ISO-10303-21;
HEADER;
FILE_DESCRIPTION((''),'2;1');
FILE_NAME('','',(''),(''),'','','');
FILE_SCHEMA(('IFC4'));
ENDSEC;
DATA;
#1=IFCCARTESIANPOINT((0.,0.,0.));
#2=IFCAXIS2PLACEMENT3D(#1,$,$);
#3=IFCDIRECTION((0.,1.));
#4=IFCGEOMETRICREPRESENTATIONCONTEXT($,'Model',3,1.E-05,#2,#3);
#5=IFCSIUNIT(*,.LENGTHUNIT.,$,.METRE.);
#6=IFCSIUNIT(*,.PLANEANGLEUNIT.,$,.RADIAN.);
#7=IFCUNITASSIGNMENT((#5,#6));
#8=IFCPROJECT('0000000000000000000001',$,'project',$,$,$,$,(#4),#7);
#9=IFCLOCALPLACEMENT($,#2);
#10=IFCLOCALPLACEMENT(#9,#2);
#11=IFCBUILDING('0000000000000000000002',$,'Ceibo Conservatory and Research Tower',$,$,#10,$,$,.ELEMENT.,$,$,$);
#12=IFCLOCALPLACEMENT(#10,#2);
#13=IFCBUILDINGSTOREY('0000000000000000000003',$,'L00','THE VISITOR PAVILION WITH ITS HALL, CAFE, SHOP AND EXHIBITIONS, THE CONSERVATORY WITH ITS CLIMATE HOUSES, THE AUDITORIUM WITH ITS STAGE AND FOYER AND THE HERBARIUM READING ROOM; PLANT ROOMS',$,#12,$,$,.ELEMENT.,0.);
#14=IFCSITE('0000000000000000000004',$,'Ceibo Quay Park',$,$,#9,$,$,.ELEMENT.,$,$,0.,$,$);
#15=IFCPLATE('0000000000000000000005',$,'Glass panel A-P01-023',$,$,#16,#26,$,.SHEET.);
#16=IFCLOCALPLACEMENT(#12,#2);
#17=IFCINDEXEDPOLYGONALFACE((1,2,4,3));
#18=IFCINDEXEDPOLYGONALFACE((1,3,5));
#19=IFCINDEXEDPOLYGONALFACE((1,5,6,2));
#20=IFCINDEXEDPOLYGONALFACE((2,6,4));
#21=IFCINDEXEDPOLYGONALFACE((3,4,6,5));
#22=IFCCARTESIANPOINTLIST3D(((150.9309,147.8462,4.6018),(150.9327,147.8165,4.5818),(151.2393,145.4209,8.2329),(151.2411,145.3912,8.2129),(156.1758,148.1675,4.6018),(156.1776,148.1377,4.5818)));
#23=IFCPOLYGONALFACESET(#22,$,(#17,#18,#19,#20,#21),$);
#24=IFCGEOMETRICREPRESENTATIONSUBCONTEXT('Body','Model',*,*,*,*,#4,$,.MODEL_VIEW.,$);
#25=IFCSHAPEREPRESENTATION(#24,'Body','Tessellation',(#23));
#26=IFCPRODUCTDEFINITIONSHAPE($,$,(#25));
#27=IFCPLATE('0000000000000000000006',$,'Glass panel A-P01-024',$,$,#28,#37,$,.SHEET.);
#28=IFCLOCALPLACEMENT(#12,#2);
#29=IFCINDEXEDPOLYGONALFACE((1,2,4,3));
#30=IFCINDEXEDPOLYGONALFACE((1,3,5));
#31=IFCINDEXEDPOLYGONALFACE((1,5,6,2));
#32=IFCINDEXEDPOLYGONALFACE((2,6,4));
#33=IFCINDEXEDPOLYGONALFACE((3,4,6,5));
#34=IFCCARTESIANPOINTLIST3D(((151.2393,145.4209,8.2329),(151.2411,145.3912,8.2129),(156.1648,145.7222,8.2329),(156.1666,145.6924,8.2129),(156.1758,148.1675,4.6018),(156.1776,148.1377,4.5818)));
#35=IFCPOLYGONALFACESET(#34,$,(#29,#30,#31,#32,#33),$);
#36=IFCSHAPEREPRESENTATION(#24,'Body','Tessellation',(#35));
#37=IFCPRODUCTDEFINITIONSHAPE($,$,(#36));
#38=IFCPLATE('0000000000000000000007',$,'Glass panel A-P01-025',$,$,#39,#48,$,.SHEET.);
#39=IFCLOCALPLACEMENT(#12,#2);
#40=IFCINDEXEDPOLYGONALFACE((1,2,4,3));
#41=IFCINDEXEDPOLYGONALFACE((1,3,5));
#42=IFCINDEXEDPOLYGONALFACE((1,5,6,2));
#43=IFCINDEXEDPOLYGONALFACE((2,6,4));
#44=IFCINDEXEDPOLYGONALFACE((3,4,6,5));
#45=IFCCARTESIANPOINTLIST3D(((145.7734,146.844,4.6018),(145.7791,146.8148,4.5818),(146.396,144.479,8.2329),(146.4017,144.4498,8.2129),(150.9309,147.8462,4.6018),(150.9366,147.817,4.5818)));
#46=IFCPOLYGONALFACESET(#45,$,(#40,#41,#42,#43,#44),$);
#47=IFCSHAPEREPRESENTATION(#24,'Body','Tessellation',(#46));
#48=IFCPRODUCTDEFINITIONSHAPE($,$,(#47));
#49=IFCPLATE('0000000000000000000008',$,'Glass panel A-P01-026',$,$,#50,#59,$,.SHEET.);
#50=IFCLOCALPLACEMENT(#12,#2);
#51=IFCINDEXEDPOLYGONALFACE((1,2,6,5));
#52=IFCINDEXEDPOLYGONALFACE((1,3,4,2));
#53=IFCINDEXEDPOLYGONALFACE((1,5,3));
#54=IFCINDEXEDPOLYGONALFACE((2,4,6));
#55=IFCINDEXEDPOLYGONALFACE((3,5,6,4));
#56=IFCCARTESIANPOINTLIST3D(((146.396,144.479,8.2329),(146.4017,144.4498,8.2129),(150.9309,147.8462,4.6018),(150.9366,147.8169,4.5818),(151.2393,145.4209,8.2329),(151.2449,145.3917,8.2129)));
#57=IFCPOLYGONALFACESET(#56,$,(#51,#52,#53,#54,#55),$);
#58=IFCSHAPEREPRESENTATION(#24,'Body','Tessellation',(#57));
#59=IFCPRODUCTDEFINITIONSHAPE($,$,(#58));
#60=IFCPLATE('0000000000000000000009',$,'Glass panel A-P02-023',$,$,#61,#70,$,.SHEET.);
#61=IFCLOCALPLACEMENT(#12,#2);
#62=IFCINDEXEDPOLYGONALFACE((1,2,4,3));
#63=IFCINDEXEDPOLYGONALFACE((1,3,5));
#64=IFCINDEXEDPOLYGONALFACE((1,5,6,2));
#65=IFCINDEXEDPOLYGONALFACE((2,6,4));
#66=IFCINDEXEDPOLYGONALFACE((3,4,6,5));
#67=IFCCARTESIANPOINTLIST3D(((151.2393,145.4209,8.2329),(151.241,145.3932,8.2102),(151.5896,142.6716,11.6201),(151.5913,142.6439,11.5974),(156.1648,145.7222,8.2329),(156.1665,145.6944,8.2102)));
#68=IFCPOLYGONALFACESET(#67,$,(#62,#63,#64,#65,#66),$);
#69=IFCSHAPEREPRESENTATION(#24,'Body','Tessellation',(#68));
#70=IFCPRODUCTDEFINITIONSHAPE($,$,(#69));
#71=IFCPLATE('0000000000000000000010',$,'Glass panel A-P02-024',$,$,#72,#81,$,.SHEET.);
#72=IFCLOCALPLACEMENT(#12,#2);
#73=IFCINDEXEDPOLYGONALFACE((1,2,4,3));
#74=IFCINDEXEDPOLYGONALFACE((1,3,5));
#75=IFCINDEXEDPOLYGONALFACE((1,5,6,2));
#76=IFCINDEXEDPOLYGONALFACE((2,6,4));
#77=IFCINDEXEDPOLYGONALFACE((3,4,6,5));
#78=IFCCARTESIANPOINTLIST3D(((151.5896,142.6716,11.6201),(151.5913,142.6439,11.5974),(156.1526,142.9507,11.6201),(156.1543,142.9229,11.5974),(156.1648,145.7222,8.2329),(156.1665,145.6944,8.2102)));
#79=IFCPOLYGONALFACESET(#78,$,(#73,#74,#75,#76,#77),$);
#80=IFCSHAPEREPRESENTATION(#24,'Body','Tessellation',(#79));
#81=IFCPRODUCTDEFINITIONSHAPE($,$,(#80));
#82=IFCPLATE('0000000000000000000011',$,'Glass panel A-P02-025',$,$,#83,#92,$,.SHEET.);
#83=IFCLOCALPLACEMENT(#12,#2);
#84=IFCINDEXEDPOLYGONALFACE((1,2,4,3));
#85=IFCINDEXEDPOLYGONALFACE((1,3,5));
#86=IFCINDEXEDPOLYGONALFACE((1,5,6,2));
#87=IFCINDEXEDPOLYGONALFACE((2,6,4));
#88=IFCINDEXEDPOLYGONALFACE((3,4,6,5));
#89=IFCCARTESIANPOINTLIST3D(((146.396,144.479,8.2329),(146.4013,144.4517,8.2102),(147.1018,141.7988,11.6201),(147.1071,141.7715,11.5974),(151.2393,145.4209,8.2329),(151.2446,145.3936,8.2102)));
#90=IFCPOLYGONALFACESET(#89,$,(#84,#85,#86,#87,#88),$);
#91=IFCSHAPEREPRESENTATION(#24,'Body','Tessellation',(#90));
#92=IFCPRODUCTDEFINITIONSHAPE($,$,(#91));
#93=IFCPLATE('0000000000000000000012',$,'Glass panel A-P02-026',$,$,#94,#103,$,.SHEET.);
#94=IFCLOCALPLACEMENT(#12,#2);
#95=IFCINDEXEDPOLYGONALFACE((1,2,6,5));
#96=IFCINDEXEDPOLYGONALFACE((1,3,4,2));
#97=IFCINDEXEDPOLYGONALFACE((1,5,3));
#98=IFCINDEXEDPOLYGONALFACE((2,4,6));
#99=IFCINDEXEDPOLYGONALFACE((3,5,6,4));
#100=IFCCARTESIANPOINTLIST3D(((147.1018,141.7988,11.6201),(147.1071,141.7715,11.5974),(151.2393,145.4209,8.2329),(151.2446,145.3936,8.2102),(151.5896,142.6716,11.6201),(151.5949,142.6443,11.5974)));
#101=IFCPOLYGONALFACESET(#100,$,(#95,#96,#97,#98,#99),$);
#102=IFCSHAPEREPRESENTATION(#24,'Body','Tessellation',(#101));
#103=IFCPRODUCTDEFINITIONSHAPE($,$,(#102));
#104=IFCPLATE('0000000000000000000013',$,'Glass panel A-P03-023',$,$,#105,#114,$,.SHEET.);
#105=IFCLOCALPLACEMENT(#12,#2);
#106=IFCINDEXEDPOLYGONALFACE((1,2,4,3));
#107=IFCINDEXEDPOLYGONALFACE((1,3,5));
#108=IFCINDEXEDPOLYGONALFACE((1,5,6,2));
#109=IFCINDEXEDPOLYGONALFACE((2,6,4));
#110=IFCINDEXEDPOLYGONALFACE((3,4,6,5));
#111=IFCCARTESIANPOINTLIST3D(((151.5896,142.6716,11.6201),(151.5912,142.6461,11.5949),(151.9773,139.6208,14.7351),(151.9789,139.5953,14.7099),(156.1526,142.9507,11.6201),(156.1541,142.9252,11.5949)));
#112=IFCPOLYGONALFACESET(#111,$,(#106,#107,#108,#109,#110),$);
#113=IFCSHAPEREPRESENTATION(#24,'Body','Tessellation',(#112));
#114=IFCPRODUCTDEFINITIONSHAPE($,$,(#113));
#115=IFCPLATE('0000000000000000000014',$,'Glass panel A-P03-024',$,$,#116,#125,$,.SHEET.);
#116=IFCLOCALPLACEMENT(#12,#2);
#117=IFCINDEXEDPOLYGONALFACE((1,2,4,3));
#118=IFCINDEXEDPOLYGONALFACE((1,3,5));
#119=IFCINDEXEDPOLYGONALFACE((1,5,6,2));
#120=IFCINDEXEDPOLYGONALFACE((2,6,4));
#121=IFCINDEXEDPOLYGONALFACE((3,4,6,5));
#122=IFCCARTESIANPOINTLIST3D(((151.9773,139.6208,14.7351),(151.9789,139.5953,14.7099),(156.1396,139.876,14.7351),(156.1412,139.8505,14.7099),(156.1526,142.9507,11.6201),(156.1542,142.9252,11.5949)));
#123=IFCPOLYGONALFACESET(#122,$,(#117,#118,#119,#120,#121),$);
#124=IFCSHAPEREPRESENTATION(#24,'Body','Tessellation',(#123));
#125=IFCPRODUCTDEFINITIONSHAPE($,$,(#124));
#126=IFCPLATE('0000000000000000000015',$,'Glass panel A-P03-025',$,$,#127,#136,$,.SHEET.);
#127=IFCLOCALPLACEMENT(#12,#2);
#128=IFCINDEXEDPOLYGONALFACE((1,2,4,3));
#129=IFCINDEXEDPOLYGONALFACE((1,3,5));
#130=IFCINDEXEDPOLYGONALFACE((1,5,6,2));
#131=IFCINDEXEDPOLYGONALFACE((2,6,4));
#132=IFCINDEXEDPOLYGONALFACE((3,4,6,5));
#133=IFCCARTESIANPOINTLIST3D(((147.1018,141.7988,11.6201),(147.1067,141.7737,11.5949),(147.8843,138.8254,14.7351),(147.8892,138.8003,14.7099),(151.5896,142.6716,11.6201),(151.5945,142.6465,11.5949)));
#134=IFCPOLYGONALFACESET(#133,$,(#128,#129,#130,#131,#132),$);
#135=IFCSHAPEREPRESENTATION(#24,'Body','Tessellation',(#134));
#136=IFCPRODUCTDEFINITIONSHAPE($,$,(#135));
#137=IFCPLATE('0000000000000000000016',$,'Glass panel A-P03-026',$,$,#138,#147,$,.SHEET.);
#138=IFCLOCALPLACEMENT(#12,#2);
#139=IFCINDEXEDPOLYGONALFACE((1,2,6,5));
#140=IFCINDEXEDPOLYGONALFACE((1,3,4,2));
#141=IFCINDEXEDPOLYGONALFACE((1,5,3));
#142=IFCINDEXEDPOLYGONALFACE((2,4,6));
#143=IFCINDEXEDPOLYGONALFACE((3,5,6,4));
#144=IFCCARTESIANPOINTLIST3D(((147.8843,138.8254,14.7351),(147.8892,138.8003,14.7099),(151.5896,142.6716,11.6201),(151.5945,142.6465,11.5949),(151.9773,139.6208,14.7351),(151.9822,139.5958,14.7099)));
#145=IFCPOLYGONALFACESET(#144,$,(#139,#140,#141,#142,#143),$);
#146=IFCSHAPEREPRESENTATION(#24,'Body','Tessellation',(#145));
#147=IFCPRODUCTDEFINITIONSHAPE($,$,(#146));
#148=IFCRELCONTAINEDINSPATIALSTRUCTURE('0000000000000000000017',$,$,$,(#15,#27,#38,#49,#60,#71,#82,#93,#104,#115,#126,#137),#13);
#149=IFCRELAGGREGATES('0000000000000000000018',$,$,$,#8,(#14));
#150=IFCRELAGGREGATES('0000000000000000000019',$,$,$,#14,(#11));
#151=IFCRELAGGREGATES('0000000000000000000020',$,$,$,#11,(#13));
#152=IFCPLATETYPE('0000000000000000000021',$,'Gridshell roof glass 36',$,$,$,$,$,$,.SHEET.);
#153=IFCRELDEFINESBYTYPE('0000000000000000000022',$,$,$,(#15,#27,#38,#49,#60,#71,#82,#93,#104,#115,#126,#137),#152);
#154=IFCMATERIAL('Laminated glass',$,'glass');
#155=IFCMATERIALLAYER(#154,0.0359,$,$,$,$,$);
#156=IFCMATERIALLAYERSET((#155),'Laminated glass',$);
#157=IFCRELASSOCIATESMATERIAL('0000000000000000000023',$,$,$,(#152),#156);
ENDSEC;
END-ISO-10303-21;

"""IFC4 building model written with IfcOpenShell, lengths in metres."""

from ifc_helpers import new_model, si_unit, direction, frame, origin, place, context, subcontext, project, spatial, polyline, outline, extrude, material, layer, layer_set, type_object, element, save


model = new_model("IFC4")

# Units and contexts
model_context = context("Model", 3, precision=1e-05, world=origin(), true_north=direction((0.0, 1.0)))
body_context = subcontext(model_context, "Body", "Model", "MODEL_VIEW")
ifc_project = project(units=[si_unit("LENGTHUNIT", "METRE"), si_unit("PLANEANGLEUNIT", "RADIAN")], contexts=[model_context])

# Site, building, storey
site_placement = place(None, origin())
site = spatial("IfcSite", under=ifc_project, at=site_placement, Name="Ceibo Quay Park", CompositionType="ELEMENT", RefElevation=0.0)
building_placement = place(site_placement, origin())
building = spatial("IfcBuilding", under=site, at=building_placement, Name="Ceibo Conservatory and Research Tower", CompositionType="ELEMENT")
storey_placement = place(building_placement, origin())
storey = spatial("IfcBuildingStorey", under=building, at=storey_placement, Name="L00", Description="THE VISITOR PAVILION WITH ITS HALL, CAFE, SHOP AND EXHIBITIONS, THE CONSERVATORY WITH ITS CLIMATE HOUSES, THE AUDITORIUM WITH ITS STAGE AND FOYER AND THE HERBARIUM READING ROOM; PLANT ROOMS", CompositionType="ELEMENT", Elevation=0.0)

# Plates
ifc_material_1 = material(Name="Laminated glass", Category="glass")
ifc_layer = layer(ifc_material_1, 0.0359)
ifc_layer_set = layer_set([ifc_layer], Name="Laminated glass")
plate_type = type_object("IfcPlateType", Name="Gridshell roof glass 36", PredefinedType="SHEET", material=ifc_layer_set)
plate_1_placement = place(storey_placement, frame((156.1758, 148.1675, 4.6018), z_axis=(-0.050752, 0.828501, 0.557683), x_axis=(-0.998129, -0.061143, 0.0)))
element("IfcPlate", 1, at=plate_1_placement, inside=storey, type_object=plate_type, Name="Glass panel A-P01-023", PredefinedType="SHEET", context=body_context, shape_type="SweptSolid", body=[
    extrude(outline(polyline([(0.0, 0.0), (5.2547, 0.0), (5.0952, 4.3745), (0.0, 0.0)])), origin(), (0.0, 0.0, -1.0), 0.0359),
])
plate_2_placement = place(storey_placement, frame((156.1758, 148.1675, 4.6018), z_axis=(-0.050672, 0.828456, 0.557758), x_axis=(-0.735094, -0.408992, 0.540705)))
element("IfcPlate", 2, at=plate_2_placement, inside=storey, type_object=plate_type, Name="Glass panel A-P01-024", PredefinedType="SHEET", context=body_context, shape_type="SweptSolid", body=[
    extrude(outline(polyline([(0.0, 0.0), (6.7155, 0.0), (2.9715, 3.2147), (0.0, 0.0)])), origin(), (0.0, 0.0, -1.0), 0.0359),
])
plate_3_placement = place(storey_placement, frame((150.9309, 147.8462, 4.6018), z_axis=(-0.15832, 0.814739, 0.557795), x_axis=(-0.981638, -0.190752, 0.0)))
element("IfcPlate", 3, at=plate_3_placement, inside=storey, type_object=plate_type, Name="Glass panel A-P01-025", PredefinedType="SHEET", context=body_context, shape_type="SweptSolid", body=[
    extrude(outline(polyline([(0.0, 0.0), (5.2539, 0.0), (5.0939, 4.3749), (0.0, 0.0)])), origin(), (0.0, 0.0, -1.0), 0.0359),
])
plate_4_placement = place(storey_placement, frame((150.9309, 147.8462, 4.6018), z_axis=(-0.158457, 0.814794, 0.557675), x_axis=(-0.675363, -0.501459, 0.540763)))
element("IfcPlate", 4, at=plate_4_placement, inside=storey, type_object=plate_type, Name="Glass panel A-P01-026", PredefinedType="SHEET", context=body_context, shape_type="SweptSolid", body=[
    extrude(outline(polyline([(0.0, 0.0), (6.7148, 0.0), (2.9715, 3.2144), (0.0, 0.0)])), origin(), (0.0, 0.0, -1.0), 0.0359),
])
plate_5_placement = place(storey_placement, frame((156.1648, 145.7222, 8.2329), z_axis=(-0.04729, 0.773165, 0.63244), x_axis=(-0.998135, -0.061051, 0.0)))
element("IfcPlate", 5, at=plate_5_placement, inside=storey, type_object=plate_type, Name="Glass panel A-P02-023", PredefinedType="SHEET", context=body_context, shape_type="SweptSolid", body=[
    extrude(outline(polyline([(0.0, 0.0), (4.9347, 0.0), (4.7529, 4.3728), (0.0, 0.0)])), origin(), (0.0, 0.0, -1.0), 0.0359),
])
plate_6_placement = place(storey_placement, frame((156.1648, 145.7222, 8.2329), z_axis=(-0.047283, 0.77316, 0.632446), x_axis=(-0.708406, -0.472334, 0.524463)))
element("IfcPlate", 6, at=plate_6_placement, inside=storey, type_object=plate_type, Name="Glass panel A-P02-024", PredefinedType="SHEET", context=body_context, shape_type="SweptSolid", body=[
    extrude(outline(polyline([(0.0, 0.0), (6.4584, 0.0), (3.0942, 3.0952), (0.0, 0.0)])), origin(), (0.0, 0.0, -1.0), 0.0359),
])
plate_7_placement = place(storey_placement, frame((151.2393, 145.4209, 8.2329), z_axis=(-0.14787, 0.760354, 0.632453), x_axis=(-0.98161, -0.190899, 0.0)))
element("IfcPlate", 7, at=plate_7_placement, inside=storey, type_object=plate_type, Name="Glass panel A-P02-025", PredefinedType="SHEET", context=body_context, shape_type="SweptSolid", body=[
    extrude(outline(polyline([(0.0, 0.0), (4.934, 0.0), (4.7528, 4.3729), (0.0, 0.0)])), origin(), (0.0, 0.0, -1.0), 0.0359),
])
plate_8_placement = place(storey_placement, frame((151.2393, 145.4209, 8.2329), z_axis=(-0.147877, 0.760357, 0.632448), x_axis=(-0.64063, -0.56083, 0.524464)))
element("IfcPlate", 8, at=plate_8_placement, inside=storey, type_object=plate_type, Name="Glass panel A-P02-026", PredefinedType="SHEET", context=body_context, shape_type="SweptSolid", body=[
    extrude(outline(polyline([(0.0, 0.0), (6.4584, 0.0), (3.0939, 3.0955), (0.0, 0.0)])), origin(), (0.0, 0.0, -1.0), 0.0359),
])
plate_9_placement = place(storey_placement, frame((156.1526, 142.9507, 11.6201), z_axis=(-0.043484, 0.711045, 0.701801), x_axis=(-0.998135, -0.061042, 0.0)))
element("IfcPlate", 9, at=plate_9_placement, inside=storey, type_object=plate_type, Name="Glass panel A-P03-023", PredefinedType="SHEET", context=body_context, shape_type="SweptSolid", body=[
    extrude(outline(polyline([(0.0, 0.0), (4.5715, 0.0), (4.3708, 4.3727), (0.0, 0.0)])), origin(), (0.0, 0.0, -1.0), 0.0359),
])
plate_10_placement = place(storey_placement, frame((156.1526, 142.9507, 11.6201), z_axis=(-0.043587, 0.711108, 0.701731), x_axis=(-0.675334, -0.538585, 0.503835)))
element("IfcPlate", 10, at=plate_10_placement, inside=storey, type_object=plate_type, Name="Glass panel A-P03-024", PredefinedType="SHEET", context=body_context, shape_type="SweptSolid", body=[
    extrude(outline(polyline([(0.0, 0.0), (6.1826, 0.0), (3.2342, 2.9491), (0.0, 0.0)])), origin(), (0.0, 0.0, -1.0), 0.0359),
])
plate_11_placement = place(storey_placement, frame((151.5896, 142.6716, 11.6201), z_axis=(-0.136012, 0.699348, 0.701722), x_axis=(-0.981608, -0.190907, 0.0)))
element("IfcPlate", 11, at=plate_11_placement, inside=storey, type_object=plate_type, Name="Glass panel A-P03-025", PredefinedType="SHEET", context=body_context, shape_type="SweptSolid", body=[
    extrude(outline(polyline([(0.0, 0.0), (4.5719, 0.0), (4.3714, 4.3722), (0.0, 0.0)])), origin(), (0.0, 0.0, -1.0), 0.0359),
])
plate_12_placement = place(storey_placement, frame((151.5896, 142.6716, 11.6201), z_axis=(-0.135897, 0.699296, 0.701796), x_axis=(-0.599305, -0.622089, 0.503824)))
element("IfcPlate", 12, at=plate_12_placement, inside=storey, type_object=plate_type, Name="Glass panel A-P03-026", PredefinedType="SHEET", context=body_context, shape_type="SweptSolid", body=[
    extrude(outline(polyline([(0.0, 0.0), (6.1827, 0.0), (3.2349, 2.9489), (0.0, 0.0)])), origin(), (0.0, 0.0, -1.0), 0.0359),
])

save(model, "model.ifc")
